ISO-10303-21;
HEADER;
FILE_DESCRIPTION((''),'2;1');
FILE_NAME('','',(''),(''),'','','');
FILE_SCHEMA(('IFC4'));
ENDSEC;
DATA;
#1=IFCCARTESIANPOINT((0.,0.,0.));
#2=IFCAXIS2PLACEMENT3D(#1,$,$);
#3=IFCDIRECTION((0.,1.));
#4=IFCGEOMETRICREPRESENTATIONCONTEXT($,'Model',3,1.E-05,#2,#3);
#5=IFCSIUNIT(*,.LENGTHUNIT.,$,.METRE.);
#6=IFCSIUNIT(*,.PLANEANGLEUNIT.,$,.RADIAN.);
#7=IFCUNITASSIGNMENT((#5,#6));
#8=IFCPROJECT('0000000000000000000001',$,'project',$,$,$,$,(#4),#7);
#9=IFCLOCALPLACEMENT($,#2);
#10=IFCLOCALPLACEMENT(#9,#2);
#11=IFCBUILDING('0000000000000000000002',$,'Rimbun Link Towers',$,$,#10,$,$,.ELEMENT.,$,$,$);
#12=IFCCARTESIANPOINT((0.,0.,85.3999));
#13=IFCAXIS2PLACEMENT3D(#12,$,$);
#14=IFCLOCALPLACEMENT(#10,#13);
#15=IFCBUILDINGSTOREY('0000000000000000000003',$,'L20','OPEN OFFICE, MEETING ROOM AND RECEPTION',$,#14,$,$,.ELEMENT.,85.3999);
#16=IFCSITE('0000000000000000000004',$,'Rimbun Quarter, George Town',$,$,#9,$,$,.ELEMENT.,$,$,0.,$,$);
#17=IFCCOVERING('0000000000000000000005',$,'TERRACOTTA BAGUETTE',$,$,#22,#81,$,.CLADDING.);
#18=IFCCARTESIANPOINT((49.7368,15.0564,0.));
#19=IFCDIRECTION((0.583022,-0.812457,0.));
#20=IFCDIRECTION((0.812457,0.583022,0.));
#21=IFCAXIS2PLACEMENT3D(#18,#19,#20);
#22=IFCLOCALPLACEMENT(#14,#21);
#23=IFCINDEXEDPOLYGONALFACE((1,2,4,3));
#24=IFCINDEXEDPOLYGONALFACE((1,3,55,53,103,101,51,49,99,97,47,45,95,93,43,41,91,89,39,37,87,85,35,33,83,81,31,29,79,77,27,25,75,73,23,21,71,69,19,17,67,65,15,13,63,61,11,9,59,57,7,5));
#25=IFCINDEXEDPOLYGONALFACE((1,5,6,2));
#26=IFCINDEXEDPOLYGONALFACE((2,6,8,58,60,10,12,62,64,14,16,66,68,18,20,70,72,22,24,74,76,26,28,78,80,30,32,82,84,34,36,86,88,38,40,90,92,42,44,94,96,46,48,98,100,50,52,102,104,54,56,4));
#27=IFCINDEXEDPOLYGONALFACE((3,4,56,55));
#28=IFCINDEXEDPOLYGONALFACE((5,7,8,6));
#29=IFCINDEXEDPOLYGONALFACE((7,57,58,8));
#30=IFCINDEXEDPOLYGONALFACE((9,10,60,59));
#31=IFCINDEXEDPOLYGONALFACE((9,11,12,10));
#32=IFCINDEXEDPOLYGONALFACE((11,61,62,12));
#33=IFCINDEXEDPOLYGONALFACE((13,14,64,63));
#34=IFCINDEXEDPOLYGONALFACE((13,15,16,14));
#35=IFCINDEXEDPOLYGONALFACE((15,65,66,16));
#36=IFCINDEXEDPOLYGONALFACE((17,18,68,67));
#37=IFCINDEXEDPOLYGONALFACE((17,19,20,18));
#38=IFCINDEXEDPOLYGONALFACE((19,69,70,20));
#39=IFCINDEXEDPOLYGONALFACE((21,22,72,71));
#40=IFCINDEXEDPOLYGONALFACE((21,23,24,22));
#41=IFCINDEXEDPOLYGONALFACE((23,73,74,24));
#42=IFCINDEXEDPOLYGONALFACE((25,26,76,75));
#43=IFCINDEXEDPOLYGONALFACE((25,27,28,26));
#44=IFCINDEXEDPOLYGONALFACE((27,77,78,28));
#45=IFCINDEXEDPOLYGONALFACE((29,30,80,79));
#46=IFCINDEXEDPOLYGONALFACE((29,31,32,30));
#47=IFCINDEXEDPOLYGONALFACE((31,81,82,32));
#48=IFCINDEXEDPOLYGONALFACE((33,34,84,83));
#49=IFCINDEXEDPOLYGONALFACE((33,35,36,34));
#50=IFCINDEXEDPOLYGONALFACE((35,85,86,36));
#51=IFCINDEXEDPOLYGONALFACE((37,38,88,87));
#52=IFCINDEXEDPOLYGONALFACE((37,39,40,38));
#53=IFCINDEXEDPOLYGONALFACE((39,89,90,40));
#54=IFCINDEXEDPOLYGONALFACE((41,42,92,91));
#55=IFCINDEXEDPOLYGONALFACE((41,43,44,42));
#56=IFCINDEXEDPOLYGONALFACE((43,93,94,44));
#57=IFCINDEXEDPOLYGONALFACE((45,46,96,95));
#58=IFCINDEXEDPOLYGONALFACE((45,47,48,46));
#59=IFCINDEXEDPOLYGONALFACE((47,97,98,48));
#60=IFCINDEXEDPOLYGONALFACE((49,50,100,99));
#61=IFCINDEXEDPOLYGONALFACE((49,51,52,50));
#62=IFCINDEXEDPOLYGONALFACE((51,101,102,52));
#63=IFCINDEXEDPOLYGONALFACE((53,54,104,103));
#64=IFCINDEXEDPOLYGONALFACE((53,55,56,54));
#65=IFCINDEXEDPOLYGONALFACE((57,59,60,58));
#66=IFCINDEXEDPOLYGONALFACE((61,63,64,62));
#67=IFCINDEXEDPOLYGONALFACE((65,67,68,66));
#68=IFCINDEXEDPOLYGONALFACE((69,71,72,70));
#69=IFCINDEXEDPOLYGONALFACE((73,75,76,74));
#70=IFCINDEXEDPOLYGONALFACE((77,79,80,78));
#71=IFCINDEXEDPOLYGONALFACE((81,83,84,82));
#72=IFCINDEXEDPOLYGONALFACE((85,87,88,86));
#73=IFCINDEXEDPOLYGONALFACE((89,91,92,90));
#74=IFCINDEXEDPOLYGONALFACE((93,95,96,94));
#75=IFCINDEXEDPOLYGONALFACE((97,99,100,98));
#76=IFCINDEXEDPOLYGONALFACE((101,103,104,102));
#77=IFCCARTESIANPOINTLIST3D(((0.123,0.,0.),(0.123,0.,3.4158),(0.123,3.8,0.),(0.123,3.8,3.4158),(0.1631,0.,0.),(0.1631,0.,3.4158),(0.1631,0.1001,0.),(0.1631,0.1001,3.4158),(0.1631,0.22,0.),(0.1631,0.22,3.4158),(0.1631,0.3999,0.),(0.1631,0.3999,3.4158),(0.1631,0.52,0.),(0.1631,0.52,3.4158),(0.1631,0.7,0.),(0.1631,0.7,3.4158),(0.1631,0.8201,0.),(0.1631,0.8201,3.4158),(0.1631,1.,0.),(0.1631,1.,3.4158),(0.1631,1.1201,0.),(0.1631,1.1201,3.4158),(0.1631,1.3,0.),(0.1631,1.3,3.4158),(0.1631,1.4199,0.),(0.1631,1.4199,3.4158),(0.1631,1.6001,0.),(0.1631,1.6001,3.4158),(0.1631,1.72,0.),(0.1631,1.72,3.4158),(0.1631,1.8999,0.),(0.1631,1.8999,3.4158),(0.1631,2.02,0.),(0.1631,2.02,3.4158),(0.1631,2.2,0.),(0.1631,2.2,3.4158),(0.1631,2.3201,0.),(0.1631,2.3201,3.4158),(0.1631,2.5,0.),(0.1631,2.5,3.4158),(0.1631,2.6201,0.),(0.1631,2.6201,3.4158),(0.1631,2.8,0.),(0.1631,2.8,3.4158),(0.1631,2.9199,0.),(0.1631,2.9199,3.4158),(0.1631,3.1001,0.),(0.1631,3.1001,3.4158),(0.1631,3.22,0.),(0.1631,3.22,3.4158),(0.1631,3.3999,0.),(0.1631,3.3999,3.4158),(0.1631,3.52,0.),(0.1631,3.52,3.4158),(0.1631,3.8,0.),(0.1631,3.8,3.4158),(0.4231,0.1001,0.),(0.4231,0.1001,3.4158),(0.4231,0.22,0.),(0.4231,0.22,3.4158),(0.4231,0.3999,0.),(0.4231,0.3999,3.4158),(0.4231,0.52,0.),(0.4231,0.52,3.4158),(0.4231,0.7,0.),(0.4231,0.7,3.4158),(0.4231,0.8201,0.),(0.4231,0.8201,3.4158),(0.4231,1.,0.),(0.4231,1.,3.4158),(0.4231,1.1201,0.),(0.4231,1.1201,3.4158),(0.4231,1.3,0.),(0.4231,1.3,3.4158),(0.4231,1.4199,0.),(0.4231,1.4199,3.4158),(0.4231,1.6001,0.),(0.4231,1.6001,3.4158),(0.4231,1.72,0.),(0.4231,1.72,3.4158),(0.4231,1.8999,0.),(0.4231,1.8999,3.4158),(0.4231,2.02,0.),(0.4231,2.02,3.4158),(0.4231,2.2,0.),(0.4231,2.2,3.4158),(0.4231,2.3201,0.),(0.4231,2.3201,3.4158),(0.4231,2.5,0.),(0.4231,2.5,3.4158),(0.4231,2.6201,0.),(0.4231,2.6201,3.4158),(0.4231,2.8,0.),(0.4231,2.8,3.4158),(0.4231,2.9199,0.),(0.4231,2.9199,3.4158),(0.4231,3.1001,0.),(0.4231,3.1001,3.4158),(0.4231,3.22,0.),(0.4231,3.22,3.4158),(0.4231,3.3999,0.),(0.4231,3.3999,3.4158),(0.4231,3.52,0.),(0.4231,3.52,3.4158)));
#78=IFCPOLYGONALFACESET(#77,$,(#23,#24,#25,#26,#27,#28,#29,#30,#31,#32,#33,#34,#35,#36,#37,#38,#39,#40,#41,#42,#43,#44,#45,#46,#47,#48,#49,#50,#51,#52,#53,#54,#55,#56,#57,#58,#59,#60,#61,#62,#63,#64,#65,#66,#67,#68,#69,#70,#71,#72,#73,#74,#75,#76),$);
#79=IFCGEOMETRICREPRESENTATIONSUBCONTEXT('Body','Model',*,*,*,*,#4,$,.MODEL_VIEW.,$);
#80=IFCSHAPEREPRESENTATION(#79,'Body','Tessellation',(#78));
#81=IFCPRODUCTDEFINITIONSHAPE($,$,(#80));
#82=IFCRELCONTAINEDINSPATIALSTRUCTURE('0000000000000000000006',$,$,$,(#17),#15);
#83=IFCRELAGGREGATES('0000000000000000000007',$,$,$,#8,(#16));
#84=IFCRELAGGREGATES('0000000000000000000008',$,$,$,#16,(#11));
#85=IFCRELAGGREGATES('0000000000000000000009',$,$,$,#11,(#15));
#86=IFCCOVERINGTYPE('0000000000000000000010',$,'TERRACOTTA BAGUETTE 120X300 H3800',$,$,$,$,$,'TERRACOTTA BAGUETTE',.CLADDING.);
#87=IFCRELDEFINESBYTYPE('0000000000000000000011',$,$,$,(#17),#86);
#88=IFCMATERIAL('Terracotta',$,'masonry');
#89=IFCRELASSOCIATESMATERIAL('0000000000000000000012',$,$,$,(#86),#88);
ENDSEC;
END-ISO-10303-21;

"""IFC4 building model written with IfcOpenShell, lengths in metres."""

from ifc_helpers import new_model, si_unit, direction, frame, origin, place, context, subcontext, project, spatial, polyline, outline, extrude, material, material_profile, profile_set, type_object, element, save


model = new_model("IFC4")

# Units and contexts
model_context = context("Model", 3, precision=1e-05, world=origin(), true_north=direction((0.0, 1.0)))
body_context = subcontext(model_context, "Body", "Model", "MODEL_VIEW")
ifc_project = project(units=[si_unit("LENGTHUNIT", "METRE"), si_unit("PLANEANGLEUNIT", "RADIAN")], contexts=[model_context])

# Site, building, storey
site_placement = place(None, origin())
site = spatial("IfcSite", under=ifc_project, at=site_placement, Name="Rimbun Quarter, George Town", CompositionType="ELEMENT", RefElevation=0.0)
building_placement = place(site_placement, origin())
building = spatial("IfcBuilding", under=site, at=building_placement, Name="Rimbun Link Towers", CompositionType="ELEMENT")
storey_placement = place(building_placement, frame((0.0, 0.0, 85.3999)))
storey = spatial("IfcBuildingStorey", under=building, at=storey_placement, Name="L20", Description="OPEN OFFICE, MEETING ROOM AND RECEPTION", CompositionType="ELEMENT", Elevation=85.3999)

# Covering
ifc_material_1 = material(Name="Terracotta", Category="masonry")
ifc_material_profile_1 = material_profile(ifc_material_1, outline(polyline([(0.123, 0.0), (0.1631, 0.0), (0.1631, 0.1001), (0.4231, 0.1001), (0.4231, 0.22), (0.1631, 0.22), (0.1631, 0.3999), (0.4231, 0.3999), (0.4231, 0.52), (0.1631, 0.52), (0.1631, 0.7), (0.4231, 0.7), (0.4231, 0.8201), (0.1631, 0.8201), (0.1631, 1.0), (0.4231, 1.0), (0.4231, 1.1201), (0.1631, 1.1201), (0.1631, 1.3), (0.4231, 1.3), (0.4231, 1.4199), (0.1631, 1.4199), (0.1631, 1.6001), (0.4231, 1.6001), (0.4231, 1.72), (0.1631, 1.72), (0.1631, 1.8999), (0.4231, 1.8999), (0.4231, 2.02), (0.1631, 2.02), (0.1631, 2.2), (0.4231, 2.2), (0.4231, 2.3201), (0.1631, 2.3201), (0.1631, 2.5), (0.4231, 2.5), (0.4231, 2.6201), (0.1631, 2.6201), (0.1631, 2.8), (0.4231, 2.8), (0.4231, 2.9199), (0.1631, 2.9199), (0.1631, 3.1001), (0.4231, 3.1001), (0.4231, 3.22), (0.1631, 3.22), (0.1631, 3.3999), (0.4231, 3.3999), (0.4231, 3.52), (0.1631, 3.52), (0.1631, 3.8), (0.123, 3.8), (0.123, 0.0)])), Name="BAGUETTE 120X300")
ifc_profile_set_1 = profile_set([ifc_material_profile_1], Name="Terracotta")
covering_type = type_object("IfcCoveringType", Name="TERRACOTTA BAGUETTE 120X300 H3800", ElementType="TERRACOTTA BAGUETTE", PredefinedType="CLADDING", material=ifc_profile_set_1)
covering_1_placement = place(storey_placement, frame((49.7368, 15.0564, 0.0), z_axis=(0.583022, -0.812457, 0.0), x_axis=(0.812457, 0.583022, 0.0)))
element("IfcCovering", 1, at=covering_1_placement, inside=storey, type_object=covering_type, Name="TERRACOTTA BAGUETTE", PredefinedType="CLADDING", context=body_context, shape_type="SweptSolid", body=[
    extrude(outline(polyline([(0.123, 0.0), (0.1631, 0.0), (0.1631, 0.1001), (0.4231, 0.1001), (0.4231, 0.22), (0.1631, 0.22), (0.1631, 0.3999), (0.4231, 0.3999), (0.4231, 0.52), (0.1631, 0.52), (0.1631, 0.7), (0.4231, 0.7), (0.4231, 0.8201), (0.1631, 0.8201), (0.1631, 1.0), (0.4231, 1.0), (0.4231, 1.1201), (0.1631, 1.1201), (0.1631, 1.3), (0.4231, 1.3), (0.4231, 1.4199), (0.1631, 1.4199), (0.1631, 1.6001), (0.4231, 1.6001), (0.4231, 1.72), (0.1631, 1.72), (0.1631, 1.8999), (0.4231, 1.8999), (0.4231, 2.02), (0.1631, 2.02), (0.1631, 2.2), (0.4231, 2.2), (0.4231, 2.3201), (0.1631, 2.3201), (0.1631, 2.5), (0.4231, 2.5), (0.4231, 2.6201), (0.1631, 2.6201), (0.1631, 2.8), (0.4231, 2.8), (0.4231, 2.9199), (0.1631, 2.9199), (0.1631, 3.1001), (0.4231, 3.1001), (0.4231, 3.22), (0.1631, 3.22), (0.1631, 3.3999), (0.4231, 3.3999), (0.4231, 3.52), (0.1631, 3.52), (0.1631, 3.8), (0.123, 3.8), (0.123, 0.0)])), origin(), (0.0, 0.0, 1.0), 3.4158),
])

save(model, "model.ifc")
